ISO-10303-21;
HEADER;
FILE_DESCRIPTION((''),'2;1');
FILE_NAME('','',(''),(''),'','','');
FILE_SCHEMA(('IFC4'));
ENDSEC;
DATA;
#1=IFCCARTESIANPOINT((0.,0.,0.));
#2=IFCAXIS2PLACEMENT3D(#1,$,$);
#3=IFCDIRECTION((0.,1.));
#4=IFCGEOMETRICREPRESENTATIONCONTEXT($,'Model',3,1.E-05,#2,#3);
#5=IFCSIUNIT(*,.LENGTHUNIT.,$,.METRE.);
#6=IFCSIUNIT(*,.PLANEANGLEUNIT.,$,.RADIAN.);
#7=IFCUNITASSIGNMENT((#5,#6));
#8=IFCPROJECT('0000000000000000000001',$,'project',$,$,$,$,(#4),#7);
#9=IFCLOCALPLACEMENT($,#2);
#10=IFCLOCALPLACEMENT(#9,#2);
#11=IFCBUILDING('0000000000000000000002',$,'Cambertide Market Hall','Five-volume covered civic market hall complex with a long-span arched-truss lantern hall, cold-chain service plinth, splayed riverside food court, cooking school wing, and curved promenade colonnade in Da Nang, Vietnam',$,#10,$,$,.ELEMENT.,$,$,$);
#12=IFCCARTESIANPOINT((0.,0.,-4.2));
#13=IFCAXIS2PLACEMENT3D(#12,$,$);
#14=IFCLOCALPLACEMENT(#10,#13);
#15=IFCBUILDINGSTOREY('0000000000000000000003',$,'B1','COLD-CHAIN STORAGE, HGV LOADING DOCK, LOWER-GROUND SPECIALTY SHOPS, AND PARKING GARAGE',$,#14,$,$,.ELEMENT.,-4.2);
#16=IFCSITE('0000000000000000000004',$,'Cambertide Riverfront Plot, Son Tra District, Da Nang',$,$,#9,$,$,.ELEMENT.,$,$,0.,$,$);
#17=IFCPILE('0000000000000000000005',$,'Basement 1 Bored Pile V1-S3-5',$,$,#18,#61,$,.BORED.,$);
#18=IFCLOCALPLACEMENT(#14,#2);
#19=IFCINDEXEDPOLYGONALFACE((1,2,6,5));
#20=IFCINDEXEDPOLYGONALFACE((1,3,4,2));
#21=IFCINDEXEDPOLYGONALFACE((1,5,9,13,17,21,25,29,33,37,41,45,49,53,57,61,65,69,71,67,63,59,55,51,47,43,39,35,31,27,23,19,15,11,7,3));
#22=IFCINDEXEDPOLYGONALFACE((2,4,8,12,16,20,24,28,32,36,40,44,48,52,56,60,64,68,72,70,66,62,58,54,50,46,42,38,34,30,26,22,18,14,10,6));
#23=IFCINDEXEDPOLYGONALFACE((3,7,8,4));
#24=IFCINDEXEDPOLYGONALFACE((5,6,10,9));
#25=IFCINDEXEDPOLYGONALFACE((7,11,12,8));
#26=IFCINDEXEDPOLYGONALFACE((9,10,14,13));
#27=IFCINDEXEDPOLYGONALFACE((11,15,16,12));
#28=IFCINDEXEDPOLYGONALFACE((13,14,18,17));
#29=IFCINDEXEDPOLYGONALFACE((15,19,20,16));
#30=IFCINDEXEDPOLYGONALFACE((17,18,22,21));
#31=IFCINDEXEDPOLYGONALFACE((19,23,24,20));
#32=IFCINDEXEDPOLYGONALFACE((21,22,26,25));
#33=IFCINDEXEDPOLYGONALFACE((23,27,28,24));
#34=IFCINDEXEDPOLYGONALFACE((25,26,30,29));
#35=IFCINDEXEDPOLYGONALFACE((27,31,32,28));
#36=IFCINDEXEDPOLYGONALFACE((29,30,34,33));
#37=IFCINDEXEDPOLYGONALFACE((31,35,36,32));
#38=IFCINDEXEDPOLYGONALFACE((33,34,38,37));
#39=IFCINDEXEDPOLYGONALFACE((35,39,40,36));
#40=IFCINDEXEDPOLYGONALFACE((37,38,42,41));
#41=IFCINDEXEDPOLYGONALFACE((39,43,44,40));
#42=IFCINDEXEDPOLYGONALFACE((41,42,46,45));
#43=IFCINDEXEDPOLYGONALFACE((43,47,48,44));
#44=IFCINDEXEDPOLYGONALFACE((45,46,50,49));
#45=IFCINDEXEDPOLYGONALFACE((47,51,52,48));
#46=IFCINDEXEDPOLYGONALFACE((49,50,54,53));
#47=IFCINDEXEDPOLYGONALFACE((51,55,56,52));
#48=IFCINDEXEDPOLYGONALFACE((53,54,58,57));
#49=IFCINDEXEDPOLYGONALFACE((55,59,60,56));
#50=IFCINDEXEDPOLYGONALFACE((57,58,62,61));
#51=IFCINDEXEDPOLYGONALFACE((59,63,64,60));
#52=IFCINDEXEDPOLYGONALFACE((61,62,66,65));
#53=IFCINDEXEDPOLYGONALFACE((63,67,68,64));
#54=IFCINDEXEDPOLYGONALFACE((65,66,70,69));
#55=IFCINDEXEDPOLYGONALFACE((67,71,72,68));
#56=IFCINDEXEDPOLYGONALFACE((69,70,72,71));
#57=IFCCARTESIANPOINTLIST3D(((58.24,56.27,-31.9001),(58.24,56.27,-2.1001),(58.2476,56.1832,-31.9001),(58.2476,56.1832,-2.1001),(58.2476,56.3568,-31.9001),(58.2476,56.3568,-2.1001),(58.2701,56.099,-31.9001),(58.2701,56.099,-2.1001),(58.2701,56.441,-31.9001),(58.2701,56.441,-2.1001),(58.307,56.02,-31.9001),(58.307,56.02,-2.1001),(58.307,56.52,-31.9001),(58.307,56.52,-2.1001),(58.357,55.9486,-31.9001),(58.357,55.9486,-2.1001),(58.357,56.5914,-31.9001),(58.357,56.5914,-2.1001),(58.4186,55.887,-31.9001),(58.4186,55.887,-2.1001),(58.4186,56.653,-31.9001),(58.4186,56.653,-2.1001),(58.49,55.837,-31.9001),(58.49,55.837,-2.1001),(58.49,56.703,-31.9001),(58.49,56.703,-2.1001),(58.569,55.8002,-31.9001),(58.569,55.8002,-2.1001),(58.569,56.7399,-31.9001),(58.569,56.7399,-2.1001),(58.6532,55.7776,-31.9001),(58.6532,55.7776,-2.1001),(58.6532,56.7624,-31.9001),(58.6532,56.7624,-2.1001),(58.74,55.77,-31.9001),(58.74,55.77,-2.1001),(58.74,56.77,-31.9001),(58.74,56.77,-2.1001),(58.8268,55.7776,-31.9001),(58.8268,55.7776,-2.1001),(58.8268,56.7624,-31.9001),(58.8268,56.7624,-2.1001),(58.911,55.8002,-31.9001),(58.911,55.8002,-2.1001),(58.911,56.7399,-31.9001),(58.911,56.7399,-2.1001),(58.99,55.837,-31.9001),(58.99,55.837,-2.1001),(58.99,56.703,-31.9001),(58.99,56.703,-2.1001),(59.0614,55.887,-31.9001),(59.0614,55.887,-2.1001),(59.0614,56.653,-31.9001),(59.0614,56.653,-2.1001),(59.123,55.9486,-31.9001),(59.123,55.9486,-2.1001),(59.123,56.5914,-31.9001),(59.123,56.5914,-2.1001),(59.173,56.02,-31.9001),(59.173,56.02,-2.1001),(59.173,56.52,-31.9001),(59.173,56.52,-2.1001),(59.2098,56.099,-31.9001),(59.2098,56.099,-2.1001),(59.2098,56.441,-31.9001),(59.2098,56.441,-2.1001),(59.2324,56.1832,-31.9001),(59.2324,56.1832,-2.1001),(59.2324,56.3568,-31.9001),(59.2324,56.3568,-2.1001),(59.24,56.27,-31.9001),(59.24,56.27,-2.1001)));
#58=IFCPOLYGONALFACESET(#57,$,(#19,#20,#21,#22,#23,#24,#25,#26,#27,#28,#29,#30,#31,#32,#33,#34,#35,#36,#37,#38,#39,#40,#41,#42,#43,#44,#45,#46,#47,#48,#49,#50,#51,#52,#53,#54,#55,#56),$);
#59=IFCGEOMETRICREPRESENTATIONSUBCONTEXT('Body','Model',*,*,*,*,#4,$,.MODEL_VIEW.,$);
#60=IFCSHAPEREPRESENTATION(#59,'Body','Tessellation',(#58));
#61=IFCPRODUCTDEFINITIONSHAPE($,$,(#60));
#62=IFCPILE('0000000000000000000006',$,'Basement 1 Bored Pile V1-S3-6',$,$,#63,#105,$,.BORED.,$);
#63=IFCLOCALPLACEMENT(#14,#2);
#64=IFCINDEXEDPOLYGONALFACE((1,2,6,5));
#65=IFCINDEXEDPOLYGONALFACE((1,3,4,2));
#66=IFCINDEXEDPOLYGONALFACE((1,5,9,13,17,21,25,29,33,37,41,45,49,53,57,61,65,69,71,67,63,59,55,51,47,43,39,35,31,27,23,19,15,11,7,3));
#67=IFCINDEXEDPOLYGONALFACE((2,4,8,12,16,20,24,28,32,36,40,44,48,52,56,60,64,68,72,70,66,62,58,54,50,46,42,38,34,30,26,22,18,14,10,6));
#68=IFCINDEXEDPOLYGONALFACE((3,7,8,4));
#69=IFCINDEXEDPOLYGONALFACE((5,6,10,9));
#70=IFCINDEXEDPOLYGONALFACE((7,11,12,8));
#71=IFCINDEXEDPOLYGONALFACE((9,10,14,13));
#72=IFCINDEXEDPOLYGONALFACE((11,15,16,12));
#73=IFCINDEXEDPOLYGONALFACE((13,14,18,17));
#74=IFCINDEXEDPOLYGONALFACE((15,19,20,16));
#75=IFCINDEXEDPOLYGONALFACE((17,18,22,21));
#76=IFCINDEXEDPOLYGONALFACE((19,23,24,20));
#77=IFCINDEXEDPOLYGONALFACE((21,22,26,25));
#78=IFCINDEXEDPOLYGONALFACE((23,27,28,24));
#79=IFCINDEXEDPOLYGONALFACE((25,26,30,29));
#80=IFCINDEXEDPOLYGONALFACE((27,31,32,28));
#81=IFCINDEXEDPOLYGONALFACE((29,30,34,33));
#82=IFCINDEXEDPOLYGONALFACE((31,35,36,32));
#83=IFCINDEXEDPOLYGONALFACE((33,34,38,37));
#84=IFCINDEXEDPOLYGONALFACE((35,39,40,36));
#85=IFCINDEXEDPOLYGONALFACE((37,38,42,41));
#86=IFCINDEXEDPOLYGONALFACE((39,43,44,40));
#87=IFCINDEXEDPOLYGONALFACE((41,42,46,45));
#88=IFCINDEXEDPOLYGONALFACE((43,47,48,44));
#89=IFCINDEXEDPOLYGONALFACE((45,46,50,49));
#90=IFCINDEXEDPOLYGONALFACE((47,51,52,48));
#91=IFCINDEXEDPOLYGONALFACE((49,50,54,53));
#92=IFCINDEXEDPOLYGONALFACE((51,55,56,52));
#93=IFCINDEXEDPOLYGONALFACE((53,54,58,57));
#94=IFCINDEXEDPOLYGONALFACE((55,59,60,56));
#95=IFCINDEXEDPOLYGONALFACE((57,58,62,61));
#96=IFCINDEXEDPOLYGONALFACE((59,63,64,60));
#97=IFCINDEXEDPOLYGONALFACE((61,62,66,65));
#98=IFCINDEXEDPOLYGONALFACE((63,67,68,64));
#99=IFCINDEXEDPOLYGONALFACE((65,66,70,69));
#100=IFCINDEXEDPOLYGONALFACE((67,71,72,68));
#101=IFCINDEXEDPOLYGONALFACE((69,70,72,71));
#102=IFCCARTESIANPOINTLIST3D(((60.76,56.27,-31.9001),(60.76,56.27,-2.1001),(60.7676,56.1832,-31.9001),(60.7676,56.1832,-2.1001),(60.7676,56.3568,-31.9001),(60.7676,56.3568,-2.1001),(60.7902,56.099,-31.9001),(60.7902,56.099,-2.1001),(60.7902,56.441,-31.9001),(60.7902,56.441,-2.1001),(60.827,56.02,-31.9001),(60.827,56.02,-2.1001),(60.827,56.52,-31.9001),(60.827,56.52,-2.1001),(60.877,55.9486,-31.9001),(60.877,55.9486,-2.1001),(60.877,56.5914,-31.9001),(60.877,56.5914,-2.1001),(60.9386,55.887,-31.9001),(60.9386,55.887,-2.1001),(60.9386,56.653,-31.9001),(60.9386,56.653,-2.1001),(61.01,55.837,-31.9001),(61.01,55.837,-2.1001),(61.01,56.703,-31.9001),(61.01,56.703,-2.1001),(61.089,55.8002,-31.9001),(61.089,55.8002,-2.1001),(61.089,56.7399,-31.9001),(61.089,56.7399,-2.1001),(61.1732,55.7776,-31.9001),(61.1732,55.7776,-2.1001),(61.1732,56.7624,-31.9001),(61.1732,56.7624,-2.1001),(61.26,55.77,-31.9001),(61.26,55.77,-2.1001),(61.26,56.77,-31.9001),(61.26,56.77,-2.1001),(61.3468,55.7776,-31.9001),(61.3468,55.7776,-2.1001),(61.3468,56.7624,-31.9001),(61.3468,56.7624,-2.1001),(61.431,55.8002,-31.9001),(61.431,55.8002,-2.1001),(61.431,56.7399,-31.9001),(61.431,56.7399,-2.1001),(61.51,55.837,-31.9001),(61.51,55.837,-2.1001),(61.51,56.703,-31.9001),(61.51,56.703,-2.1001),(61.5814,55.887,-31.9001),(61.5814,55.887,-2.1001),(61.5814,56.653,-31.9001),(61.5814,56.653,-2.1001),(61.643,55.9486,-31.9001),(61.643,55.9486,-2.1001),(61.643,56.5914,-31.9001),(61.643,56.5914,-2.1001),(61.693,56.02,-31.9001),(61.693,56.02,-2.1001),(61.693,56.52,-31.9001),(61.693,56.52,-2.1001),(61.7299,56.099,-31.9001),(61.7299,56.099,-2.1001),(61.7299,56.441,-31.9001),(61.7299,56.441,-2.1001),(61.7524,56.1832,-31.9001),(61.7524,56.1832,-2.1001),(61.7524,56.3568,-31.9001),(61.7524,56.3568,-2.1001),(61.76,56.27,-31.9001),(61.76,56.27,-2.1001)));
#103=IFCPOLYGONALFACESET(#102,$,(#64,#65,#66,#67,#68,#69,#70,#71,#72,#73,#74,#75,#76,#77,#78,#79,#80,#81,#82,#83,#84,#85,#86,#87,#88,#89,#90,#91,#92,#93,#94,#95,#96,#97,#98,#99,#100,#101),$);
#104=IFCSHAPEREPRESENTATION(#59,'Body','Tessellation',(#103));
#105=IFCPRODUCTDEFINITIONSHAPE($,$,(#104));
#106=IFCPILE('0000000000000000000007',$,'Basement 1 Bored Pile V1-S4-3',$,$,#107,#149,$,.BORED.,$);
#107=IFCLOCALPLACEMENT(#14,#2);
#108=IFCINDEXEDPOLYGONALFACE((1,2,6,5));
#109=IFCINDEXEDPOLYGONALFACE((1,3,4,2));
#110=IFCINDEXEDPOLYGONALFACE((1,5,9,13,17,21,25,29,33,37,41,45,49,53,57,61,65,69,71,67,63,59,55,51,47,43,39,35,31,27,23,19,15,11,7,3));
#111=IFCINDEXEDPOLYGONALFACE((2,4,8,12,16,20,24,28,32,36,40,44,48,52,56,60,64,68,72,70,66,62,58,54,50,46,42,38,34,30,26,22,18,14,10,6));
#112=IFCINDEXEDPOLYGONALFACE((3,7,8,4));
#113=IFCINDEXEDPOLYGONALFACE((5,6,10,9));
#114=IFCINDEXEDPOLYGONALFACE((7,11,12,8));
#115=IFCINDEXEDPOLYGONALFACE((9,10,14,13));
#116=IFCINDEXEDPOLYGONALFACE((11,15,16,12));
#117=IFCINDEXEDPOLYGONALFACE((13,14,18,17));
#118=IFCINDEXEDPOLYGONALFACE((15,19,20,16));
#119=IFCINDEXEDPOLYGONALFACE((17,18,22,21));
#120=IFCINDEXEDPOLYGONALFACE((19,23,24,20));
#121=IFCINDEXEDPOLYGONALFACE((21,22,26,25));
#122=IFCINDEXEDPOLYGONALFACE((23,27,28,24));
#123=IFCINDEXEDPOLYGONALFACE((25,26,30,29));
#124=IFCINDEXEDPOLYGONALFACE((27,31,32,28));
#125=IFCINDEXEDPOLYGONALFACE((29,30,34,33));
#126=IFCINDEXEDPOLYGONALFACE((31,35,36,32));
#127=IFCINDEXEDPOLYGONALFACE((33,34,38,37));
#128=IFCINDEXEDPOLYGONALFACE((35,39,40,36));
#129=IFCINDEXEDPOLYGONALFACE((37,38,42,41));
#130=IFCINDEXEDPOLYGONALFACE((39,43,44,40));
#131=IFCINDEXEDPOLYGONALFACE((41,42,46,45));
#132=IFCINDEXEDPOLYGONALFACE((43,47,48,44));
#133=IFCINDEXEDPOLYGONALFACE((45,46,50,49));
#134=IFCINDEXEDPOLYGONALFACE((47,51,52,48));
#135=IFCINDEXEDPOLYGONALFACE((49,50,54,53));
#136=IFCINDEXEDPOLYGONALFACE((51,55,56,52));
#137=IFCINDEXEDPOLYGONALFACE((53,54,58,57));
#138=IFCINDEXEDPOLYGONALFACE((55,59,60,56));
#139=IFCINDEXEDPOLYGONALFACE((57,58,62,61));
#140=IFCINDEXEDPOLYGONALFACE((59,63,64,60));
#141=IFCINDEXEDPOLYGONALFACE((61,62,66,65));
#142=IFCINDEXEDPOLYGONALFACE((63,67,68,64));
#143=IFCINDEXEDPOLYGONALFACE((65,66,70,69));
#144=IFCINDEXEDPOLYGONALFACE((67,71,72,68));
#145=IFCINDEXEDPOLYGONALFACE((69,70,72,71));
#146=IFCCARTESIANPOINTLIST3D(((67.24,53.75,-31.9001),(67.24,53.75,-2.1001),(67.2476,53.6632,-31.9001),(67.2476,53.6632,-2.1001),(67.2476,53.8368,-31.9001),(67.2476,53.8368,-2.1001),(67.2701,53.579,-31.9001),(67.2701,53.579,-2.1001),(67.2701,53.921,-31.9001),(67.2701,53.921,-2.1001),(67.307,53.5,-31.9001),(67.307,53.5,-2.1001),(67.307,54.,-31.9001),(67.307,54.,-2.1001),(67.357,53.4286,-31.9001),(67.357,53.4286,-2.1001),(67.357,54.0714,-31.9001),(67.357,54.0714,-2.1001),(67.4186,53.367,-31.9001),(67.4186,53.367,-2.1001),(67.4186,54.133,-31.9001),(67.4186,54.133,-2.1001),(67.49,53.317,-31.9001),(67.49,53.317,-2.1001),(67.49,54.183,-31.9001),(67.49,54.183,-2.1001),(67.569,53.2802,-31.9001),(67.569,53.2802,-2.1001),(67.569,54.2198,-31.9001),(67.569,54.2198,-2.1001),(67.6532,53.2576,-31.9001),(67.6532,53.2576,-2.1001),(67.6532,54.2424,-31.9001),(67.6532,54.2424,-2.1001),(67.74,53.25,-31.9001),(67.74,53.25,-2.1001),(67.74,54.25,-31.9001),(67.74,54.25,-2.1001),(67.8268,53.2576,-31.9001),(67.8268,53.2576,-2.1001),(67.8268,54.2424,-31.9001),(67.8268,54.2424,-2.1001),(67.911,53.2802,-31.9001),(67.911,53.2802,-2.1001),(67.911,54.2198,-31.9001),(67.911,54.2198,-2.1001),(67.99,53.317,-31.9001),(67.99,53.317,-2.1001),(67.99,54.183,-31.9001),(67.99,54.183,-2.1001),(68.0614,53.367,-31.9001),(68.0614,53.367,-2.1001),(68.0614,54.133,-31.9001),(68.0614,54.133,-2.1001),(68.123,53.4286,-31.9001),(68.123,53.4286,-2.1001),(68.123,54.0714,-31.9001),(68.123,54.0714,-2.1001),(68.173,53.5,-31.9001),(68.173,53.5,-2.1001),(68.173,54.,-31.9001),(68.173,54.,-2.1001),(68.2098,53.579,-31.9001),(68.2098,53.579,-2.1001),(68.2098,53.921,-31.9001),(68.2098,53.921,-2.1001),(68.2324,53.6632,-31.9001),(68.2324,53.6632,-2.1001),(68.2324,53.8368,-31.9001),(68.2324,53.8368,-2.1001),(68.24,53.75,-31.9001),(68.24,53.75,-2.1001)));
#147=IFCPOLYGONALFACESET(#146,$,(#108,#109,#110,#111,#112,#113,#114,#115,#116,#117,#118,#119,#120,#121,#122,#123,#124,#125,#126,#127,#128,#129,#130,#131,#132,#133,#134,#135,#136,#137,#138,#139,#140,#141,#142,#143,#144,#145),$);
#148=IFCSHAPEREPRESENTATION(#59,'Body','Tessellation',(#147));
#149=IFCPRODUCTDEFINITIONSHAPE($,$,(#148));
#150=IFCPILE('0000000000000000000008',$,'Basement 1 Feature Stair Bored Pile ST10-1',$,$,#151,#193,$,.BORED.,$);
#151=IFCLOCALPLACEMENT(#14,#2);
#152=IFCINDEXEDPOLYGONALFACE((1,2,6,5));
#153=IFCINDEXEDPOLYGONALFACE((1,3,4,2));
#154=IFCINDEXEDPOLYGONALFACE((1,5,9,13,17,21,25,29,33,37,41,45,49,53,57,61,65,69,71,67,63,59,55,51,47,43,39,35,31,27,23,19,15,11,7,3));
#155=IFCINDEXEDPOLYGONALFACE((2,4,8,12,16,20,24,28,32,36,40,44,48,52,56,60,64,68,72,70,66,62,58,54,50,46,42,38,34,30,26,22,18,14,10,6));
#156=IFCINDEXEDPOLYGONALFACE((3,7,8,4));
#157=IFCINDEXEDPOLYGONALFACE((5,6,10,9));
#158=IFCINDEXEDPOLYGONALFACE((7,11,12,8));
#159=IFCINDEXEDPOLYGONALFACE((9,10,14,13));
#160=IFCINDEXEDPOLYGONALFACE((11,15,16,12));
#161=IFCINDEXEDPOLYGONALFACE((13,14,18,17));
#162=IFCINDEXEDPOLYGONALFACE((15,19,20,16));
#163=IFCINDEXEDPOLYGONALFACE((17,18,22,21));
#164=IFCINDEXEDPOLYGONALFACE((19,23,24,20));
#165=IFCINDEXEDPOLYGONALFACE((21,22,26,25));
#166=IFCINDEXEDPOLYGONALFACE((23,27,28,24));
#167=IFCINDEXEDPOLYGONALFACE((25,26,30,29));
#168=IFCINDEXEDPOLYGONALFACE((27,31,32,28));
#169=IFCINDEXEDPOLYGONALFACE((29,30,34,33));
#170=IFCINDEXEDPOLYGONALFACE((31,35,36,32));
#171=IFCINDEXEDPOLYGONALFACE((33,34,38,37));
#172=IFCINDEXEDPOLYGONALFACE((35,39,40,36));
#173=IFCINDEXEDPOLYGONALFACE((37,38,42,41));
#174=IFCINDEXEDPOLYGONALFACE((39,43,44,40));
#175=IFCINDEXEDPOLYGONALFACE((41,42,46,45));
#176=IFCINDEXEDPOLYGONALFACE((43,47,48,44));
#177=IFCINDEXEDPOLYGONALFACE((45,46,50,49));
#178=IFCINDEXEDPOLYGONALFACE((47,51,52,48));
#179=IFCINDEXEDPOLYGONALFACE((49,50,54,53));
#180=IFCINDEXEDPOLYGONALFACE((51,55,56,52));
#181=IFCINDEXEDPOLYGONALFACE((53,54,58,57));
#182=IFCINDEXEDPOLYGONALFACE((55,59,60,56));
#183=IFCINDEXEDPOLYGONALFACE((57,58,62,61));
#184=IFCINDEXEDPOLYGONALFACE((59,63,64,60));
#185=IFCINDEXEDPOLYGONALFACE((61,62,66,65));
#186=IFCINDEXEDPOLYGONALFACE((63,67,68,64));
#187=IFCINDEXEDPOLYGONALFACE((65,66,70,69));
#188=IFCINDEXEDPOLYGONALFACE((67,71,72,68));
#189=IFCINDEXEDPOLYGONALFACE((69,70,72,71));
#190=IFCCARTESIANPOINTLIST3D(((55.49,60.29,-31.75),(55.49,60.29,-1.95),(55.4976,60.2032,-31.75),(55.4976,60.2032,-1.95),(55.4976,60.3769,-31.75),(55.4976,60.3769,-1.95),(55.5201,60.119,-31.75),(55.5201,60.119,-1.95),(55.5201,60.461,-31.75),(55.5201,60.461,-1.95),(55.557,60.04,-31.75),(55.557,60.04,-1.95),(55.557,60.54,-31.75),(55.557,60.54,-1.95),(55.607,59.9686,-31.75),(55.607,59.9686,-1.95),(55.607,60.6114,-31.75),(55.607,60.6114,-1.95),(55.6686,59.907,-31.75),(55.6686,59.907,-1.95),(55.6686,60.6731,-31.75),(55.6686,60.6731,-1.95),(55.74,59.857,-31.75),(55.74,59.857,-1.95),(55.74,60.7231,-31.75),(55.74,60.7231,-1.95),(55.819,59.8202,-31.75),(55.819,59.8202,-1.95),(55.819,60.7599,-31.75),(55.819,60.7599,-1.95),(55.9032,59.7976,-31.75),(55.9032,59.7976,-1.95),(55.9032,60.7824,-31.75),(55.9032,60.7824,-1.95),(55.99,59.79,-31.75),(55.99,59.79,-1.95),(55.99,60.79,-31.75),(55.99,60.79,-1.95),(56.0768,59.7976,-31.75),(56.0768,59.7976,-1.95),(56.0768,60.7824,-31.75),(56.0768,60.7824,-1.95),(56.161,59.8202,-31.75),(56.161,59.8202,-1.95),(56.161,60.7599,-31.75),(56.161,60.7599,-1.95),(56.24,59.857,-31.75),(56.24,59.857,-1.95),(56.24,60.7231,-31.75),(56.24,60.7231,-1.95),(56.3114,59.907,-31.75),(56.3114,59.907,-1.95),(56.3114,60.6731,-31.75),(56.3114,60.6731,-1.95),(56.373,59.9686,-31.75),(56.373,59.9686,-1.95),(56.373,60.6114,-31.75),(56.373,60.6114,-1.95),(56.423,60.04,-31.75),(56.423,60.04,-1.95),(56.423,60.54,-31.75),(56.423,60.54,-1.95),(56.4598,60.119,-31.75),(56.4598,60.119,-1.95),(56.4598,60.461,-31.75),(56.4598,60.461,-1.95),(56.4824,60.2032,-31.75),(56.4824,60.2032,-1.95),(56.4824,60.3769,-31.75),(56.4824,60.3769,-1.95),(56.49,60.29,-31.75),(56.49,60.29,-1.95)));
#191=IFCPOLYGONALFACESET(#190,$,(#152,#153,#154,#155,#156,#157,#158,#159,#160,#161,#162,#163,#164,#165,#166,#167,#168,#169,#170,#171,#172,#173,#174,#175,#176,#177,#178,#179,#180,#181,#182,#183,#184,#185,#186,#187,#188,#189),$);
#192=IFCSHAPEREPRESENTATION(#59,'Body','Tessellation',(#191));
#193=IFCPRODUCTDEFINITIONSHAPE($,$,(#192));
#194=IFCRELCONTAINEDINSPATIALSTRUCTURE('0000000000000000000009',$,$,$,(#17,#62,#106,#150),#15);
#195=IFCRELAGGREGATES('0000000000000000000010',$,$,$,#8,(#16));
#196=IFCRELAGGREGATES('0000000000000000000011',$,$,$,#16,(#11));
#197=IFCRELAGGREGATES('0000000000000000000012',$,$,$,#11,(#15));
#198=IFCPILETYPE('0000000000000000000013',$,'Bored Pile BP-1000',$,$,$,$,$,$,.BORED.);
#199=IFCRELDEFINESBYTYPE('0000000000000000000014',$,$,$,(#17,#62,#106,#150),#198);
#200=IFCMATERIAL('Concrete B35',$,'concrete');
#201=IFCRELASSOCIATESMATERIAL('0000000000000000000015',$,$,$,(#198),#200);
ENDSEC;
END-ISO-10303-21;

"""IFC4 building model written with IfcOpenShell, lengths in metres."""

from ifc_helpers import new_model, si_unit, direction, frame, origin, origin_2d, place, context, subcontext, project, spatial, circle, extrude, material, material_profile, profile_set, type_object, element, save


model = new_model("IFC4")

# Units and contexts
model_context = context("Model", 3, precision=1e-05, world=origin(), true_north=direction((0.0, 1.0)))
body_context = subcontext(model_context, "Body", "Model", "MODEL_VIEW")
ifc_project = project(units=[si_unit("LENGTHUNIT", "METRE"), si_unit("PLANEANGLEUNIT", "RADIAN")], contexts=[model_context])

# Site, building, storey
site_placement = place(None, origin())
site = spatial("IfcSite", under=ifc_project, at=site_placement, Name="Cambertide Riverfront Plot, Son Tra District, Da Nang", CompositionType="ELEMENT", RefElevation=0.0)
building_placement = place(site_placement, origin())
building = spatial("IfcBuilding", under=site, at=building_placement, Name="Cambertide Market Hall", Description="Five-volume covered civic market hall complex with a long-span arched-truss lantern hall, cold-chain service plinth, splayed riverside food court, cooking school wing, and curved promenade colonnade in Da Nang, Vietnam", CompositionType="ELEMENT")
storey_placement = place(building_placement, frame((0.0, 0.0, -4.2)))
storey = spatial("IfcBuildingStorey", under=building, at=storey_placement, Name="B1", Description="COLD-CHAIN STORAGE, HGV LOADING DOCK, LOWER-GROUND SPECIALTY SHOPS, AND PARKING GARAGE", CompositionType="ELEMENT", Elevation=-4.2)

# Piles
ifc_material_1 = material(Name="Concrete B35", Category="concrete")
ifc_material_profile_1 = material_profile(ifc_material_1, circle(Radius=0.5, at=origin_2d()), Name="BP D1000")
ifc_profile_set_1 = profile_set([ifc_material_profile_1], Name="Concrete B35")
pile_type_1 = type_object("IfcPileType", Name="Bored Pile BP-1000", PredefinedType="BORED", material=ifc_profile_set_1)
for number, where, z_axis, x_axis, name in (
    (1, (58.74, 56.27, -2.1001), (0.0, 0.0, -1.0), (1.0, 0.0, 0.0), "Basement 1 Bored Pile V1-S3-5"),
    (2, (61.26, 56.27, -2.1001), (0.0, 0.0, -1.0), (1.0, 0.0, 0.0), "Basement 1 Bored Pile V1-S3-6"),
    (3, (67.74, 53.75, -2.1001), (0.0, 0.0, -1.0), (1.0, 0.0, 0.0), "Basement 1 Bored Pile V1-S4-3"),
    (4, (55.99, 60.29, -1.95), (0.0, 0.0, -1.0), (1.0, 0.0, 0.0), "Basement 1 Feature Stair Bored Pile ST10-1"),
):
    element("IfcPile", number, at=place(storey_placement, frame(where, z_axis=z_axis, x_axis=x_axis)), inside=storey, type_object=pile_type_1, Name=name, PredefinedType="BORED", context=body_context, shape_type="SweptSolid", body=[
        extrude(circle(Radius=0.5, at=origin_2d()), origin(), (0.0, 0.0, 1.0), 29.8),
    ])

save(model, "model.ifc")
